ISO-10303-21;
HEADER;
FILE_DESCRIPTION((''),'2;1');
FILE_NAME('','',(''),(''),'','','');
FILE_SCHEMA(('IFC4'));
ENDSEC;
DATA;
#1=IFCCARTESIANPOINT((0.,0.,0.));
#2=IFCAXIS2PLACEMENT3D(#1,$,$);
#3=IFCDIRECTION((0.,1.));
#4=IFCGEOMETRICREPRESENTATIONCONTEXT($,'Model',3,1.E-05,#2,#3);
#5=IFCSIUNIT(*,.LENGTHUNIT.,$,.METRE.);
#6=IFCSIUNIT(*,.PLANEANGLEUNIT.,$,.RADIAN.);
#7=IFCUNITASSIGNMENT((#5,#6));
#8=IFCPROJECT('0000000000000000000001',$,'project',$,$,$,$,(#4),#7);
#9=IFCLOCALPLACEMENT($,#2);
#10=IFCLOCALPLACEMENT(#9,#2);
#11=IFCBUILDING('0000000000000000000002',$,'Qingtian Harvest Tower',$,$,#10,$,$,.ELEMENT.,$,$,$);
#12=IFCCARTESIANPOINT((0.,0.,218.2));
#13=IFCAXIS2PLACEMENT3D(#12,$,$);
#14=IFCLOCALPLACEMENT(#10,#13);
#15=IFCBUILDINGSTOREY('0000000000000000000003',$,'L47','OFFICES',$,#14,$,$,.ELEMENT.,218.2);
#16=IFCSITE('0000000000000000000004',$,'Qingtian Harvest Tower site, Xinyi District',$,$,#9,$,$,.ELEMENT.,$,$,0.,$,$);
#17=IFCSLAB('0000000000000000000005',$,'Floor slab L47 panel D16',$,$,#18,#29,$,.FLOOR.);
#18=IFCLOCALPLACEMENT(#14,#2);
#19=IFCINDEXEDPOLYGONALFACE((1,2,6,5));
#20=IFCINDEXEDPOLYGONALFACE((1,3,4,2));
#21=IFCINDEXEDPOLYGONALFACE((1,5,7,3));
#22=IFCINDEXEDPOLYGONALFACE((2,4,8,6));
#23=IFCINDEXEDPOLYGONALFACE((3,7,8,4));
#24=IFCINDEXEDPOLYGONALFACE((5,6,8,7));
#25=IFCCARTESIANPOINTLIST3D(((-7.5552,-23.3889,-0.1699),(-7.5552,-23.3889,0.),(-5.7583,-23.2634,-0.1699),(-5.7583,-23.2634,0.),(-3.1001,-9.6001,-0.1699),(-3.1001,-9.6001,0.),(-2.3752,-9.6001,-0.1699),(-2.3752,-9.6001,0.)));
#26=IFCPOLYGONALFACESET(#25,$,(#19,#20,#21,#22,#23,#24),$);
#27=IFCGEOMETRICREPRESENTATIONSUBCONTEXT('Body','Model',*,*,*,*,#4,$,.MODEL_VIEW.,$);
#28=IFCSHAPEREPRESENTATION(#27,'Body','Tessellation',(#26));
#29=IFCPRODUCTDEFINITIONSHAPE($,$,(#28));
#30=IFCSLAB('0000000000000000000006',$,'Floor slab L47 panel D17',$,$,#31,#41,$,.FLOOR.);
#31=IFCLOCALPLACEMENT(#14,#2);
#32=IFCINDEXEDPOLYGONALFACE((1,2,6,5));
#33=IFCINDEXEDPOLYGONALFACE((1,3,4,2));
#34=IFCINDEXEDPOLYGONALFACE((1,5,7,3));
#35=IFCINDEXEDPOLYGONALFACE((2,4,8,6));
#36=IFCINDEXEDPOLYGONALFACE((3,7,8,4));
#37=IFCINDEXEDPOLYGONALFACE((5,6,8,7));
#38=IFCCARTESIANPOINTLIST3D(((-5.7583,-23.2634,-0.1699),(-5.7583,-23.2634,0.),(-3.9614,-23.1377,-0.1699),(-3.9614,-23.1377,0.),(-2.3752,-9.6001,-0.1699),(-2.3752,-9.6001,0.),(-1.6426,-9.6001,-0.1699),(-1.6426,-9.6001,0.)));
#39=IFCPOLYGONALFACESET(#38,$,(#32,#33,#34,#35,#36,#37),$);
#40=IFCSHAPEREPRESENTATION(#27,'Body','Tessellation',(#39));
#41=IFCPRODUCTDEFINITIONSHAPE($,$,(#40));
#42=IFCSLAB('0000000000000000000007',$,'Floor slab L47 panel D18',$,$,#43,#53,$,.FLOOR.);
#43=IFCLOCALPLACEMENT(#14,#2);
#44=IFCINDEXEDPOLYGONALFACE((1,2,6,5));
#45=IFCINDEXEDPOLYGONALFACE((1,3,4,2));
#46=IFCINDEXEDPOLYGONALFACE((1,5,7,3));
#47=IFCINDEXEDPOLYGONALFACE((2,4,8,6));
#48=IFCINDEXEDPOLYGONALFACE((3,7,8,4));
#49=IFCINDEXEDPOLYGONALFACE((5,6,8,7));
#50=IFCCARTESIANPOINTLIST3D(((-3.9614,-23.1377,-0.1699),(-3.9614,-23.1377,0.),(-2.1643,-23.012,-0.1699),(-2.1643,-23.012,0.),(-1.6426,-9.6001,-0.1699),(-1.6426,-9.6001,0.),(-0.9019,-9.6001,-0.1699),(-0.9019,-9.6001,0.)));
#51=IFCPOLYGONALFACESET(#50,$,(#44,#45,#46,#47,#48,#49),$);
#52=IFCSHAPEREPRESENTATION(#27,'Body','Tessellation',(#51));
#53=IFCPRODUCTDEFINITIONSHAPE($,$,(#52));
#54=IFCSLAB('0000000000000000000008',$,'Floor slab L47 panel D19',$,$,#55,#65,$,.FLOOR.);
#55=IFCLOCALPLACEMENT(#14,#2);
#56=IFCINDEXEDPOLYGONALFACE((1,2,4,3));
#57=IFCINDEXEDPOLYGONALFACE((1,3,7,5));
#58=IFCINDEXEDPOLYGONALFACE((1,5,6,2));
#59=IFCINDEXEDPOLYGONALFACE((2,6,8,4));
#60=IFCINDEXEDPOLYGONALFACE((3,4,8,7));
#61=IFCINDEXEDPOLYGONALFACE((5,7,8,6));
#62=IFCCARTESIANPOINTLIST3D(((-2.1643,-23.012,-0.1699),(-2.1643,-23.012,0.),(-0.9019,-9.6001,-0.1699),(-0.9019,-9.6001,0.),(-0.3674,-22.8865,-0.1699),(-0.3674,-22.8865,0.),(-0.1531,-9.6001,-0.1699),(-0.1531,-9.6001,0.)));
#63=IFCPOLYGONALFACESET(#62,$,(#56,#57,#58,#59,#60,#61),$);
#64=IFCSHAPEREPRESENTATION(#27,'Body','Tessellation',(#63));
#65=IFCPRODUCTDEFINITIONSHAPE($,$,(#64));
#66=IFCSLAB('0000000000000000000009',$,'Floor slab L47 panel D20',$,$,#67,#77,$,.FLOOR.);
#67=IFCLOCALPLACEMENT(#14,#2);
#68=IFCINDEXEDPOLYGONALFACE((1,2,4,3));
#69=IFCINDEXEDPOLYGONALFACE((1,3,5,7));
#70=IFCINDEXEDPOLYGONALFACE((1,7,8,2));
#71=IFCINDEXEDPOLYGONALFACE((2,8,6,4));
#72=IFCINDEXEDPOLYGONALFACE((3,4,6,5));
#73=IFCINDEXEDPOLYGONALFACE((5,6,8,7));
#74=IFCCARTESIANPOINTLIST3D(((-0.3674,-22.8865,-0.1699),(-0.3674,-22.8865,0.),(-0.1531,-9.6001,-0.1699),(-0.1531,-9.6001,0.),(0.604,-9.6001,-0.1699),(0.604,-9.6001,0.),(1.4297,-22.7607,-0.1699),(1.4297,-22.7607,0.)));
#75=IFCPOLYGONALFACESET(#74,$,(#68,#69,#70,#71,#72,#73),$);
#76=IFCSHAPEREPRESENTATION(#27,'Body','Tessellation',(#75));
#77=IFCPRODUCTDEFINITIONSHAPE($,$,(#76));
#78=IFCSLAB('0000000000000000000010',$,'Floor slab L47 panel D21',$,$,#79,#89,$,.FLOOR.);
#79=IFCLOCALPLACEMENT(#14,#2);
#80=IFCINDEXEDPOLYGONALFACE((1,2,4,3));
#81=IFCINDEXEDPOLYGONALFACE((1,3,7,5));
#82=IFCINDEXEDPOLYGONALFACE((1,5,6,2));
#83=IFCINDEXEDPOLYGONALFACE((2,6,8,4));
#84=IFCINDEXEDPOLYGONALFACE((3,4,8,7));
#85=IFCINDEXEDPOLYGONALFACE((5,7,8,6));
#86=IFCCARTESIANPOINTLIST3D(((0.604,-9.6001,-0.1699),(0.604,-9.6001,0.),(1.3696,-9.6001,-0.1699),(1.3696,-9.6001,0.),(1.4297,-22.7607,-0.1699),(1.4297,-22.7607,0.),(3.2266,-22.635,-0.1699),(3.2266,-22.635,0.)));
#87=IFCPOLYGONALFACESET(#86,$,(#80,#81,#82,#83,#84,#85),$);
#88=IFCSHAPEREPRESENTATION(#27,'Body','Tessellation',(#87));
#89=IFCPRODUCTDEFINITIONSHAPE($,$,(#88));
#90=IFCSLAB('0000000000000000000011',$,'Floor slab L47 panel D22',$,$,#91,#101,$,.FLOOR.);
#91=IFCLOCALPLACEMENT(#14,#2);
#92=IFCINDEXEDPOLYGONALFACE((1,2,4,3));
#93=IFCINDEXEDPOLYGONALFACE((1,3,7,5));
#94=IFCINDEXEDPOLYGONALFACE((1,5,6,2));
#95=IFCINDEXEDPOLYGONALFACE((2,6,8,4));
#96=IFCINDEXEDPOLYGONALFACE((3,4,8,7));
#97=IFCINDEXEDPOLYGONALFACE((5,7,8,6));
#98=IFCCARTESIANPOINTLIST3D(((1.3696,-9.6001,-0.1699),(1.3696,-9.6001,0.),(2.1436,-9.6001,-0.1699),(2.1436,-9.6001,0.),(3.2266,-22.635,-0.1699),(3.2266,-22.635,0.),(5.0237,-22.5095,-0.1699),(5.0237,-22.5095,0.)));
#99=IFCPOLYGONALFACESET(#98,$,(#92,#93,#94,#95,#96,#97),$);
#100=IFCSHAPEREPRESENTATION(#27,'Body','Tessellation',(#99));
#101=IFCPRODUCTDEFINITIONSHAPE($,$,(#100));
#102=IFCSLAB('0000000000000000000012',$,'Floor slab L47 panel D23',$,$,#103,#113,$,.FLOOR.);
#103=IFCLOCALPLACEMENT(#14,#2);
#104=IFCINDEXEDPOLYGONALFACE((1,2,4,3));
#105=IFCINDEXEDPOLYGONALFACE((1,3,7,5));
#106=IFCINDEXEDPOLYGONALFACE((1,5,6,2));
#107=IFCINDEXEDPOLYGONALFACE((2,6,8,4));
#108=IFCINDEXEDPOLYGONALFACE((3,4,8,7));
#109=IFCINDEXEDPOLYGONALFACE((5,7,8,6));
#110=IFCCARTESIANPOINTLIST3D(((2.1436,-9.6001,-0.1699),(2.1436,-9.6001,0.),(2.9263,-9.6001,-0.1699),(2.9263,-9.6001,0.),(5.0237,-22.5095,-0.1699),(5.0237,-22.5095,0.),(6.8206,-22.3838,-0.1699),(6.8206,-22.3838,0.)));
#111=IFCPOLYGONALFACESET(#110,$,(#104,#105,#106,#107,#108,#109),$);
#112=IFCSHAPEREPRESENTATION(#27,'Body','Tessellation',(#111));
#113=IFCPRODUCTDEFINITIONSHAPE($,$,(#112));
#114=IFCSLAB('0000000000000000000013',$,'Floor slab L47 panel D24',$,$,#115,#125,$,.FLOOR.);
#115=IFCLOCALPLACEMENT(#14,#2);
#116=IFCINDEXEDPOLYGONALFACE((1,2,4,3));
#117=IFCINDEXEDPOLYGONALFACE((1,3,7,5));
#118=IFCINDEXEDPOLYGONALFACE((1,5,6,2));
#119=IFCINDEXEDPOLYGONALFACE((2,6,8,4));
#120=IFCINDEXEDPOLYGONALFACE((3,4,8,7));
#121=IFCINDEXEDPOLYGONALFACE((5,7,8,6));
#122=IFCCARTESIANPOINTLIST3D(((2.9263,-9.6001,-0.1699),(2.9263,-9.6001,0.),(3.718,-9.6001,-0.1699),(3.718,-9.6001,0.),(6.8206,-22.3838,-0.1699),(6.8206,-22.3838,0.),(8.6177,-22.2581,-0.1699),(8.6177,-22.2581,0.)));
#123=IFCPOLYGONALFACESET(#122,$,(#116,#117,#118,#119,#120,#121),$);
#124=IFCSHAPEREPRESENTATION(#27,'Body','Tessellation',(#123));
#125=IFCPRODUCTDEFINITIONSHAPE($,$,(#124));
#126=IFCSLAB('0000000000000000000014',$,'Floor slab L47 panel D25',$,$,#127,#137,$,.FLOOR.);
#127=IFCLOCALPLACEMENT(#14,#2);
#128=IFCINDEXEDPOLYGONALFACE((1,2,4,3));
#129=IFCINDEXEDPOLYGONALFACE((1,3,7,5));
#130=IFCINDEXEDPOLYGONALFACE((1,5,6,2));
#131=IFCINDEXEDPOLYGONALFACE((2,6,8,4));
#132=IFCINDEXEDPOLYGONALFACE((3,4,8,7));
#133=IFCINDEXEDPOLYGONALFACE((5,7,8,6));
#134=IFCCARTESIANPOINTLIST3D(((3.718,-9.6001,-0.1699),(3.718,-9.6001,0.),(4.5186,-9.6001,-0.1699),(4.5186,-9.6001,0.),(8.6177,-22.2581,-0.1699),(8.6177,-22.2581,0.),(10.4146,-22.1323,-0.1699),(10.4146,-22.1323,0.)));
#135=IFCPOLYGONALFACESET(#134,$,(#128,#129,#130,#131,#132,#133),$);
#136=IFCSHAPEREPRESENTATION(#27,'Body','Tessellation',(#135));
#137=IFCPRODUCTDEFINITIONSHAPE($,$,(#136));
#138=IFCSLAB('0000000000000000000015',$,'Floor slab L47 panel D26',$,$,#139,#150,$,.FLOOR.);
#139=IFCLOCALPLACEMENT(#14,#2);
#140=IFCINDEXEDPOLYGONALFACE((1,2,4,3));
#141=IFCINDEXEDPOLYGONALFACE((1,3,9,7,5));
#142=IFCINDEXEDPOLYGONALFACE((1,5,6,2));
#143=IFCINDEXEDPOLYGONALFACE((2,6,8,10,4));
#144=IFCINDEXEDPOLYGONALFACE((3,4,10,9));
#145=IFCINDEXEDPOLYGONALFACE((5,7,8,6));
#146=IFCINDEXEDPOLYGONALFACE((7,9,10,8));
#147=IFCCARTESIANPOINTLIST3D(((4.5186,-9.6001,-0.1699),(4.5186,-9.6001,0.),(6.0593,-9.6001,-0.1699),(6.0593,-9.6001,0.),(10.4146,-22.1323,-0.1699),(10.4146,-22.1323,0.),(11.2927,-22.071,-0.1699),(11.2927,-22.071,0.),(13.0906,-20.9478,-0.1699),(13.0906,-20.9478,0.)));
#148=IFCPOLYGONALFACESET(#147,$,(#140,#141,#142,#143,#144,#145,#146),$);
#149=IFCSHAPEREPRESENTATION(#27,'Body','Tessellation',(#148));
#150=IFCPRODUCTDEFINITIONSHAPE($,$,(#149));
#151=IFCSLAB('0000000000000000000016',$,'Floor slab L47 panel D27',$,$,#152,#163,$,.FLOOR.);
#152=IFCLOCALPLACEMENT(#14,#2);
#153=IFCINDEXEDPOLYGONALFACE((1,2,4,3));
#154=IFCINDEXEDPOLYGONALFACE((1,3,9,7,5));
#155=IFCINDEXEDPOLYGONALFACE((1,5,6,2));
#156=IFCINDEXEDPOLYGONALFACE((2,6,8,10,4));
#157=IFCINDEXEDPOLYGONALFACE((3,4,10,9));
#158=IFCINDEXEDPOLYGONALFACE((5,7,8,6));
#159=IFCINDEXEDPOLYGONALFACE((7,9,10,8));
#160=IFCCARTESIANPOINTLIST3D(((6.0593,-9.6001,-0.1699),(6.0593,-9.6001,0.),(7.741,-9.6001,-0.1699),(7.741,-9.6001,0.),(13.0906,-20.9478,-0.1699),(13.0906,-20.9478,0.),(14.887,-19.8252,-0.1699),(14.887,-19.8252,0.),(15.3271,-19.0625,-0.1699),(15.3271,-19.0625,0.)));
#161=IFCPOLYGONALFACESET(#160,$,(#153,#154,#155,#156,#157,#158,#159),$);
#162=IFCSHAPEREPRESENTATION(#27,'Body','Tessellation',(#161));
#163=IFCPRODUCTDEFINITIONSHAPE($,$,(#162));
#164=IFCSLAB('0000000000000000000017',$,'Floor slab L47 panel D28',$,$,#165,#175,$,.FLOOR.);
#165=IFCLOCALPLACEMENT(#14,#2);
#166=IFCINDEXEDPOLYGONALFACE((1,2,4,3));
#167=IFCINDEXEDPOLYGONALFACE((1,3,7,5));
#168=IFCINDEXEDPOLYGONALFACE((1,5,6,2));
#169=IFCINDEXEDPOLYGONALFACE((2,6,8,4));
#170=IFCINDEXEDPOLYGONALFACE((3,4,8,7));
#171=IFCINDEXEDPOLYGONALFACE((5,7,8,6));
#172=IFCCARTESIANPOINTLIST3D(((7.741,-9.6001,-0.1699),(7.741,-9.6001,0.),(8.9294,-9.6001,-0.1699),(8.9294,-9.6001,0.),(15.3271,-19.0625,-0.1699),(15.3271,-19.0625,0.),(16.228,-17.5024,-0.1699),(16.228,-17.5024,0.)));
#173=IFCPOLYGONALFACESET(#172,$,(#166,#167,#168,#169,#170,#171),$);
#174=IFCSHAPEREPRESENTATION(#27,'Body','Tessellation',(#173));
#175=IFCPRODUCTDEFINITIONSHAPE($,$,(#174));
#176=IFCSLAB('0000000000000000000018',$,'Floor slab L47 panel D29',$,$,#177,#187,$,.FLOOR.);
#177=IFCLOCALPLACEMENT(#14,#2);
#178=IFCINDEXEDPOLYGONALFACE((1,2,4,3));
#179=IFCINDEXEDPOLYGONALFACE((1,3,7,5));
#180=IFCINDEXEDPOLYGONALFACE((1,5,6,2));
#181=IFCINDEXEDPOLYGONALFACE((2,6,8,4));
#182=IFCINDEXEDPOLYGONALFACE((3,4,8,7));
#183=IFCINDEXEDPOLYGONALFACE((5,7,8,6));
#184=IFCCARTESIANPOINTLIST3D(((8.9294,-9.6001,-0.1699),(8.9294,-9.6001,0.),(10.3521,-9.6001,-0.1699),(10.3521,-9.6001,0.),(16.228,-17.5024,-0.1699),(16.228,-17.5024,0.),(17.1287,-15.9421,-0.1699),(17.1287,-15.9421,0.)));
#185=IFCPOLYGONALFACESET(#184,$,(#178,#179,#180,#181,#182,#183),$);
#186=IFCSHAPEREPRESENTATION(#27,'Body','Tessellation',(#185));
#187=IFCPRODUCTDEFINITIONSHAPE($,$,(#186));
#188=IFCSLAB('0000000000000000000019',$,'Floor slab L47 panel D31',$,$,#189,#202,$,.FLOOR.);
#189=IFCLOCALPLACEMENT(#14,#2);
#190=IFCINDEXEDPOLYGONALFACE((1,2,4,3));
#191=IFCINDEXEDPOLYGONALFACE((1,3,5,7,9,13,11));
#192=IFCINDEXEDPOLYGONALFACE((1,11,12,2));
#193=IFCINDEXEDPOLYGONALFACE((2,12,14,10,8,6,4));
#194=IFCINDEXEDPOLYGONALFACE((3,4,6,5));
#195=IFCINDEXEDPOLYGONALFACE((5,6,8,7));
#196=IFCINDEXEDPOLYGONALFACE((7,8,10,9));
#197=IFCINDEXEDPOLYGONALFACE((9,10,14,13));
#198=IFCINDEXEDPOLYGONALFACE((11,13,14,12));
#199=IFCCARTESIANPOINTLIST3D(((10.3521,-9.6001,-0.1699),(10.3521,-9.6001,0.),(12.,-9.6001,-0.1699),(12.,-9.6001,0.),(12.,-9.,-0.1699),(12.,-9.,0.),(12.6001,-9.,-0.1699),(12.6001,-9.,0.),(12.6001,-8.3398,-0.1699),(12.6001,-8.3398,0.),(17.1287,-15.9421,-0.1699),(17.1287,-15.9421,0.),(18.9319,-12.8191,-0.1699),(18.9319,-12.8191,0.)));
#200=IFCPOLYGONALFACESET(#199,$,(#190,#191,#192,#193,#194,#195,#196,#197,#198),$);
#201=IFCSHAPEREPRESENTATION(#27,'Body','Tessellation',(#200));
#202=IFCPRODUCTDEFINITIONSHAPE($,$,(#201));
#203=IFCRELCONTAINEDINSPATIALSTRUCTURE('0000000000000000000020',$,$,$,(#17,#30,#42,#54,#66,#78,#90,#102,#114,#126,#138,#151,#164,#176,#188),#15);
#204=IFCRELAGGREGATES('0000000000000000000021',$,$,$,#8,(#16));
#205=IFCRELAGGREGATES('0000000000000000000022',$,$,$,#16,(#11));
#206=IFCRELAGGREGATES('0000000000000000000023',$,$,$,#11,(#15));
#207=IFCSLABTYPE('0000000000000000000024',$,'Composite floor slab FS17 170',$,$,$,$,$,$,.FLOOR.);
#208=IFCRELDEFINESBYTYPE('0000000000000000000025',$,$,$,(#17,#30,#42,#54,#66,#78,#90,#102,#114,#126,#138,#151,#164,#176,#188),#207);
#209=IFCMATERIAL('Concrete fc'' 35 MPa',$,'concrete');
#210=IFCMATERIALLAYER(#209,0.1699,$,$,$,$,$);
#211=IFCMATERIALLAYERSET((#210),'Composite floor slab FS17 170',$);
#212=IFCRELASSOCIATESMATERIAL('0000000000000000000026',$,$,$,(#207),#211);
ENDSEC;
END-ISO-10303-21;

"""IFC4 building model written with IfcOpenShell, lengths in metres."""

from ifc_helpers import new_model, si_unit, direction, frame, origin, place, context, subcontext, project, spatial, polyline, outline, extrude, material, layer, layer_set, type_object, element, save


model = new_model("IFC4")

# Units and contexts
model_context = context("Model", 3, precision=1e-05, world=origin(), true_north=direction((0.0, 1.0)))
body_context = subcontext(model_context, "Body", "Model", "MODEL_VIEW")
ifc_project = project(units=[si_unit("LENGTHUNIT", "METRE"), si_unit("PLANEANGLEUNIT", "RADIAN")], contexts=[model_context])

# Site, building, storey
site_placement = place(None, origin())
site = spatial("IfcSite", under=ifc_project, at=site_placement, Name="Qingtian Harvest Tower site, Xinyi District", CompositionType="ELEMENT", RefElevation=0.0)
building_placement = place(site_placement, origin())
building = spatial("IfcBuilding", under=site, at=building_placement, Name="Qingtian Harvest Tower", CompositionType="ELEMENT")
storey_placement = place(building_placement, frame((0.0, 0.0, 218.2)))
storey = spatial("IfcBuildingStorey", under=building, at=storey_placement, Name="L47", Description="OFFICES", CompositionType="ELEMENT", Elevation=218.2)

# Slabs
ifc_material = material(Name="Concrete fc' 35 MPa", Category="concrete")
ifc_layer = layer(ifc_material, 0.1699)
ifc_layer_set = layer_set([ifc_layer], Name="Composite floor slab FS17 170")
slab_type = type_object("IfcSlabType", Name="Composite floor slab FS17 170", PredefinedType="FLOOR", material=ifc_layer_set)
slab_1_placement = place(storey_placement, frame((0.0, 0.0, -0.1699)))
element("IfcSlab", 1, at=slab_1_placement, inside=storey, type_object=slab_type, Name="Floor slab L47 panel D16", PredefinedType="FLOOR", context=body_context, shape_type="SweptSolid", body=[
    extrude(outline(polyline([(-2.3752, -9.6001), (-5.7583, -23.2634), (-7.5552, -23.3889), (-3.1001, -9.6001), (-2.3752, -9.6001)])), origin(), (0.0, 0.0, 1.0), 0.1699),
])
slab_2_placement = place(storey_placement, frame((0.0, 0.0, -0.1699)))
element("IfcSlab", 2, at=slab_2_placement, inside=storey, type_object=slab_type, Name="Floor slab L47 panel D17", PredefinedType="FLOOR", context=body_context, shape_type="SweptSolid", body=[
    extrude(outline(polyline([(-1.6426, -9.6001), (-3.9614, -23.1377), (-5.7583, -23.2634), (-2.3752, -9.6001), (-1.6426, -9.6001)])), origin(), (0.0, 0.0, 1.0), 0.1699),
])
slab_3_placement = place(storey_placement, frame((0.0, 0.0, -0.1699)))
element("IfcSlab", 3, at=slab_3_placement, inside=storey, type_object=slab_type, Name="Floor slab L47 panel D18", PredefinedType="FLOOR", context=body_context, shape_type="SweptSolid", body=[
    extrude(outline(polyline([(-0.9019, -9.6001), (-2.1643, -23.012), (-3.9614, -23.1377), (-1.6426, -9.6001), (-0.9019, -9.6001)])), origin(), (0.0, 0.0, 1.0), 0.1699),
])
slab_4_placement = place(storey_placement, frame((0.0, 0.0, -0.1699)))
element("IfcSlab", 4, at=slab_4_placement, inside=storey, type_object=slab_type, Name="Floor slab L47 panel D19", PredefinedType="FLOOR", context=body_context, shape_type="SweptSolid", body=[
    extrude(outline(polyline([(-0.1531, -9.6001), (-0.3674, -22.8865), (-2.1643, -23.012), (-0.9019, -9.6001), (-0.1531, -9.6001)])), origin(), (0.0, 0.0, 1.0), 0.1699),
])
slab_5_placement = place(storey_placement, frame((0.0, 0.0, -0.1699)))
element("IfcSlab", 5, at=slab_5_placement, inside=storey, type_object=slab_type, Name="Floor slab L47 panel D20", PredefinedType="FLOOR", context=body_context, shape_type="SweptSolid", body=[
    extrude(outline(polyline([(0.604, -9.6001), (1.4297, -22.7607), (-0.3674, -22.8865), (-0.1531, -9.6001), (0.604, -9.6001)])), origin(), (0.0, 0.0, 1.0), 0.1699),
])
slab_6_placement = place(storey_placement, frame((0.0, 0.0, -0.1699)))
element("IfcSlab", 6, at=slab_6_placement, inside=storey, type_object=slab_type, Name="Floor slab L47 panel D21", PredefinedType="FLOOR", context=body_context, shape_type="SweptSolid", body=[
    extrude(outline(polyline([(1.3696, -9.6001), (3.2266, -22.635), (1.4297, -22.7607), (0.604, -9.6001), (1.3696, -9.6001)])), origin(), (0.0, 0.0, 1.0), 0.1699),
])
slab_7_placement = place(storey_placement, frame((0.0, 0.0, -0.1699)))
element("IfcSlab", 7, at=slab_7_placement, inside=storey, type_object=slab_type, Name="Floor slab L47 panel D22", PredefinedType="FLOOR", context=body_context, shape_type="SweptSolid", body=[
    extrude(outline(polyline([(2.1436, -9.6001), (5.0237, -22.5095), (3.2266, -22.635), (1.3696, -9.6001), (2.1436, -9.6001)])), origin(), (0.0, 0.0, 1.0), 0.1699),
])
slab_8_placement = place(storey_placement, frame((0.0, 0.0, -0.1699)))
element("IfcSlab", 8, at=slab_8_placement, inside=storey, type_object=slab_type, Name="Floor slab L47 panel D23", PredefinedType="FLOOR", context=body_context, shape_type="SweptSolid", body=[
    extrude(outline(polyline([(2.9263, -9.6001), (6.8206, -22.3838), (5.0237, -22.5095), (2.1436, -9.6001), (2.9263, -9.6001)])), origin(), (0.0, 0.0, 1.0), 0.1699),
])
slab_9_placement = place(storey_placement, frame((0.0, 0.0, -0.1699)))
element("IfcSlab", 9, at=slab_9_placement, inside=storey, type_object=slab_type, Name="Floor slab L47 panel D24", PredefinedType="FLOOR", context=body_context, shape_type="SweptSolid", body=[
    extrude(outline(polyline([(3.718, -9.6001), (8.6177, -22.2581), (6.8206, -22.3838), (2.9263, -9.6001), (3.718, -9.6001)])), origin(), (0.0, 0.0, 1.0), 0.1699),
])
slab_10_placement = place(storey_placement, frame((0.0, 0.0, -0.1699)))
element("IfcSlab", 10, at=slab_10_placement, inside=storey, type_object=slab_type, Name="Floor slab L47 panel D25", PredefinedType="FLOOR", context=body_context, shape_type="SweptSolid", body=[
    extrude(outline(polyline([(4.5186, -9.6001), (10.4146, -22.1323), (8.6177, -22.2581), (3.718, -9.6001), (4.5186, -9.6001)])), origin(), (0.0, 0.0, 1.0), 0.1699),
])
slab_11_placement = place(storey_placement, frame((0.0, 0.0, -0.1699)))
element("IfcSlab", 11, at=slab_11_placement, inside=storey, type_object=slab_type, Name="Floor slab L47 panel D26", PredefinedType="FLOOR", context=body_context, shape_type="SweptSolid", body=[
    extrude(outline(polyline([(4.5186, -9.6001), (6.0593, -9.6001), (13.0906, -20.9478), (11.2927, -22.071), (10.4146, -22.1323), (4.5186, -9.6001)])), origin(), (0.0, 0.0, 1.0), 0.1699),
])
slab_12_placement = place(storey_placement, frame((0.0, 0.0, -0.1699)))
element("IfcSlab", 12, at=slab_12_placement, inside=storey, type_object=slab_type, Name="Floor slab L47 panel D27", PredefinedType="FLOOR", context=body_context, shape_type="SweptSolid", body=[
    extrude(outline(polyline([(6.0593, -9.6001), (7.741, -9.6001), (15.3271, -19.0625), (14.887, -19.8252), (13.0906, -20.9478), (6.0593, -9.6001)])), origin(), (0.0, 0.0, 1.0), 0.1699),
])
slab_13_placement = place(storey_placement, frame((0.0, 0.0, -0.1699)))
element("IfcSlab", 13, at=slab_13_placement, inside=storey, type_object=slab_type, Name="Floor slab L47 panel D28", PredefinedType="FLOOR", context=body_context, shape_type="SweptSolid", body=[
    extrude(outline(polyline([(8.9294, -9.6001), (16.228, -17.5024), (15.3271, -19.0625), (7.741, -9.6001), (8.9294, -9.6001)])), origin(), (0.0, 0.0, 1.0), 0.1699),
])
slab_14_placement = place(storey_placement, frame((0.0, 0.0, -0.1699)))
element("IfcSlab", 14, at=slab_14_placement, inside=storey, type_object=slab_type, Name="Floor slab L47 panel D29", PredefinedType="FLOOR", context=body_context, shape_type="SweptSolid", body=[
    extrude(outline(polyline([(10.3521, -9.6001), (17.1287, -15.9421), (16.228, -17.5024), (8.9294, -9.6001), (10.3521, -9.6001)])), origin(), (0.0, 0.0, 1.0), 0.1699),
])
slab_15_placement = place(storey_placement, frame((0.0, 0.0, -0.1699)))
element("IfcSlab", 15, at=slab_15_placement, inside=storey, type_object=slab_type, Name="Floor slab L47 panel D31", PredefinedType="FLOOR", context=body_context, shape_type="SweptSolid", body=[
    extrude(outline(polyline([(12.6001, -8.3398), (18.9319, -12.8191), (17.1287, -15.9421), (10.3521, -9.6001), (12.0, -9.6001), (12.0, -9.0), (12.6001, -9.0), (12.6001, -8.3398)])), origin(), (0.0, 0.0, 1.0), 0.1699),
])

save(model, "model.ifc")
